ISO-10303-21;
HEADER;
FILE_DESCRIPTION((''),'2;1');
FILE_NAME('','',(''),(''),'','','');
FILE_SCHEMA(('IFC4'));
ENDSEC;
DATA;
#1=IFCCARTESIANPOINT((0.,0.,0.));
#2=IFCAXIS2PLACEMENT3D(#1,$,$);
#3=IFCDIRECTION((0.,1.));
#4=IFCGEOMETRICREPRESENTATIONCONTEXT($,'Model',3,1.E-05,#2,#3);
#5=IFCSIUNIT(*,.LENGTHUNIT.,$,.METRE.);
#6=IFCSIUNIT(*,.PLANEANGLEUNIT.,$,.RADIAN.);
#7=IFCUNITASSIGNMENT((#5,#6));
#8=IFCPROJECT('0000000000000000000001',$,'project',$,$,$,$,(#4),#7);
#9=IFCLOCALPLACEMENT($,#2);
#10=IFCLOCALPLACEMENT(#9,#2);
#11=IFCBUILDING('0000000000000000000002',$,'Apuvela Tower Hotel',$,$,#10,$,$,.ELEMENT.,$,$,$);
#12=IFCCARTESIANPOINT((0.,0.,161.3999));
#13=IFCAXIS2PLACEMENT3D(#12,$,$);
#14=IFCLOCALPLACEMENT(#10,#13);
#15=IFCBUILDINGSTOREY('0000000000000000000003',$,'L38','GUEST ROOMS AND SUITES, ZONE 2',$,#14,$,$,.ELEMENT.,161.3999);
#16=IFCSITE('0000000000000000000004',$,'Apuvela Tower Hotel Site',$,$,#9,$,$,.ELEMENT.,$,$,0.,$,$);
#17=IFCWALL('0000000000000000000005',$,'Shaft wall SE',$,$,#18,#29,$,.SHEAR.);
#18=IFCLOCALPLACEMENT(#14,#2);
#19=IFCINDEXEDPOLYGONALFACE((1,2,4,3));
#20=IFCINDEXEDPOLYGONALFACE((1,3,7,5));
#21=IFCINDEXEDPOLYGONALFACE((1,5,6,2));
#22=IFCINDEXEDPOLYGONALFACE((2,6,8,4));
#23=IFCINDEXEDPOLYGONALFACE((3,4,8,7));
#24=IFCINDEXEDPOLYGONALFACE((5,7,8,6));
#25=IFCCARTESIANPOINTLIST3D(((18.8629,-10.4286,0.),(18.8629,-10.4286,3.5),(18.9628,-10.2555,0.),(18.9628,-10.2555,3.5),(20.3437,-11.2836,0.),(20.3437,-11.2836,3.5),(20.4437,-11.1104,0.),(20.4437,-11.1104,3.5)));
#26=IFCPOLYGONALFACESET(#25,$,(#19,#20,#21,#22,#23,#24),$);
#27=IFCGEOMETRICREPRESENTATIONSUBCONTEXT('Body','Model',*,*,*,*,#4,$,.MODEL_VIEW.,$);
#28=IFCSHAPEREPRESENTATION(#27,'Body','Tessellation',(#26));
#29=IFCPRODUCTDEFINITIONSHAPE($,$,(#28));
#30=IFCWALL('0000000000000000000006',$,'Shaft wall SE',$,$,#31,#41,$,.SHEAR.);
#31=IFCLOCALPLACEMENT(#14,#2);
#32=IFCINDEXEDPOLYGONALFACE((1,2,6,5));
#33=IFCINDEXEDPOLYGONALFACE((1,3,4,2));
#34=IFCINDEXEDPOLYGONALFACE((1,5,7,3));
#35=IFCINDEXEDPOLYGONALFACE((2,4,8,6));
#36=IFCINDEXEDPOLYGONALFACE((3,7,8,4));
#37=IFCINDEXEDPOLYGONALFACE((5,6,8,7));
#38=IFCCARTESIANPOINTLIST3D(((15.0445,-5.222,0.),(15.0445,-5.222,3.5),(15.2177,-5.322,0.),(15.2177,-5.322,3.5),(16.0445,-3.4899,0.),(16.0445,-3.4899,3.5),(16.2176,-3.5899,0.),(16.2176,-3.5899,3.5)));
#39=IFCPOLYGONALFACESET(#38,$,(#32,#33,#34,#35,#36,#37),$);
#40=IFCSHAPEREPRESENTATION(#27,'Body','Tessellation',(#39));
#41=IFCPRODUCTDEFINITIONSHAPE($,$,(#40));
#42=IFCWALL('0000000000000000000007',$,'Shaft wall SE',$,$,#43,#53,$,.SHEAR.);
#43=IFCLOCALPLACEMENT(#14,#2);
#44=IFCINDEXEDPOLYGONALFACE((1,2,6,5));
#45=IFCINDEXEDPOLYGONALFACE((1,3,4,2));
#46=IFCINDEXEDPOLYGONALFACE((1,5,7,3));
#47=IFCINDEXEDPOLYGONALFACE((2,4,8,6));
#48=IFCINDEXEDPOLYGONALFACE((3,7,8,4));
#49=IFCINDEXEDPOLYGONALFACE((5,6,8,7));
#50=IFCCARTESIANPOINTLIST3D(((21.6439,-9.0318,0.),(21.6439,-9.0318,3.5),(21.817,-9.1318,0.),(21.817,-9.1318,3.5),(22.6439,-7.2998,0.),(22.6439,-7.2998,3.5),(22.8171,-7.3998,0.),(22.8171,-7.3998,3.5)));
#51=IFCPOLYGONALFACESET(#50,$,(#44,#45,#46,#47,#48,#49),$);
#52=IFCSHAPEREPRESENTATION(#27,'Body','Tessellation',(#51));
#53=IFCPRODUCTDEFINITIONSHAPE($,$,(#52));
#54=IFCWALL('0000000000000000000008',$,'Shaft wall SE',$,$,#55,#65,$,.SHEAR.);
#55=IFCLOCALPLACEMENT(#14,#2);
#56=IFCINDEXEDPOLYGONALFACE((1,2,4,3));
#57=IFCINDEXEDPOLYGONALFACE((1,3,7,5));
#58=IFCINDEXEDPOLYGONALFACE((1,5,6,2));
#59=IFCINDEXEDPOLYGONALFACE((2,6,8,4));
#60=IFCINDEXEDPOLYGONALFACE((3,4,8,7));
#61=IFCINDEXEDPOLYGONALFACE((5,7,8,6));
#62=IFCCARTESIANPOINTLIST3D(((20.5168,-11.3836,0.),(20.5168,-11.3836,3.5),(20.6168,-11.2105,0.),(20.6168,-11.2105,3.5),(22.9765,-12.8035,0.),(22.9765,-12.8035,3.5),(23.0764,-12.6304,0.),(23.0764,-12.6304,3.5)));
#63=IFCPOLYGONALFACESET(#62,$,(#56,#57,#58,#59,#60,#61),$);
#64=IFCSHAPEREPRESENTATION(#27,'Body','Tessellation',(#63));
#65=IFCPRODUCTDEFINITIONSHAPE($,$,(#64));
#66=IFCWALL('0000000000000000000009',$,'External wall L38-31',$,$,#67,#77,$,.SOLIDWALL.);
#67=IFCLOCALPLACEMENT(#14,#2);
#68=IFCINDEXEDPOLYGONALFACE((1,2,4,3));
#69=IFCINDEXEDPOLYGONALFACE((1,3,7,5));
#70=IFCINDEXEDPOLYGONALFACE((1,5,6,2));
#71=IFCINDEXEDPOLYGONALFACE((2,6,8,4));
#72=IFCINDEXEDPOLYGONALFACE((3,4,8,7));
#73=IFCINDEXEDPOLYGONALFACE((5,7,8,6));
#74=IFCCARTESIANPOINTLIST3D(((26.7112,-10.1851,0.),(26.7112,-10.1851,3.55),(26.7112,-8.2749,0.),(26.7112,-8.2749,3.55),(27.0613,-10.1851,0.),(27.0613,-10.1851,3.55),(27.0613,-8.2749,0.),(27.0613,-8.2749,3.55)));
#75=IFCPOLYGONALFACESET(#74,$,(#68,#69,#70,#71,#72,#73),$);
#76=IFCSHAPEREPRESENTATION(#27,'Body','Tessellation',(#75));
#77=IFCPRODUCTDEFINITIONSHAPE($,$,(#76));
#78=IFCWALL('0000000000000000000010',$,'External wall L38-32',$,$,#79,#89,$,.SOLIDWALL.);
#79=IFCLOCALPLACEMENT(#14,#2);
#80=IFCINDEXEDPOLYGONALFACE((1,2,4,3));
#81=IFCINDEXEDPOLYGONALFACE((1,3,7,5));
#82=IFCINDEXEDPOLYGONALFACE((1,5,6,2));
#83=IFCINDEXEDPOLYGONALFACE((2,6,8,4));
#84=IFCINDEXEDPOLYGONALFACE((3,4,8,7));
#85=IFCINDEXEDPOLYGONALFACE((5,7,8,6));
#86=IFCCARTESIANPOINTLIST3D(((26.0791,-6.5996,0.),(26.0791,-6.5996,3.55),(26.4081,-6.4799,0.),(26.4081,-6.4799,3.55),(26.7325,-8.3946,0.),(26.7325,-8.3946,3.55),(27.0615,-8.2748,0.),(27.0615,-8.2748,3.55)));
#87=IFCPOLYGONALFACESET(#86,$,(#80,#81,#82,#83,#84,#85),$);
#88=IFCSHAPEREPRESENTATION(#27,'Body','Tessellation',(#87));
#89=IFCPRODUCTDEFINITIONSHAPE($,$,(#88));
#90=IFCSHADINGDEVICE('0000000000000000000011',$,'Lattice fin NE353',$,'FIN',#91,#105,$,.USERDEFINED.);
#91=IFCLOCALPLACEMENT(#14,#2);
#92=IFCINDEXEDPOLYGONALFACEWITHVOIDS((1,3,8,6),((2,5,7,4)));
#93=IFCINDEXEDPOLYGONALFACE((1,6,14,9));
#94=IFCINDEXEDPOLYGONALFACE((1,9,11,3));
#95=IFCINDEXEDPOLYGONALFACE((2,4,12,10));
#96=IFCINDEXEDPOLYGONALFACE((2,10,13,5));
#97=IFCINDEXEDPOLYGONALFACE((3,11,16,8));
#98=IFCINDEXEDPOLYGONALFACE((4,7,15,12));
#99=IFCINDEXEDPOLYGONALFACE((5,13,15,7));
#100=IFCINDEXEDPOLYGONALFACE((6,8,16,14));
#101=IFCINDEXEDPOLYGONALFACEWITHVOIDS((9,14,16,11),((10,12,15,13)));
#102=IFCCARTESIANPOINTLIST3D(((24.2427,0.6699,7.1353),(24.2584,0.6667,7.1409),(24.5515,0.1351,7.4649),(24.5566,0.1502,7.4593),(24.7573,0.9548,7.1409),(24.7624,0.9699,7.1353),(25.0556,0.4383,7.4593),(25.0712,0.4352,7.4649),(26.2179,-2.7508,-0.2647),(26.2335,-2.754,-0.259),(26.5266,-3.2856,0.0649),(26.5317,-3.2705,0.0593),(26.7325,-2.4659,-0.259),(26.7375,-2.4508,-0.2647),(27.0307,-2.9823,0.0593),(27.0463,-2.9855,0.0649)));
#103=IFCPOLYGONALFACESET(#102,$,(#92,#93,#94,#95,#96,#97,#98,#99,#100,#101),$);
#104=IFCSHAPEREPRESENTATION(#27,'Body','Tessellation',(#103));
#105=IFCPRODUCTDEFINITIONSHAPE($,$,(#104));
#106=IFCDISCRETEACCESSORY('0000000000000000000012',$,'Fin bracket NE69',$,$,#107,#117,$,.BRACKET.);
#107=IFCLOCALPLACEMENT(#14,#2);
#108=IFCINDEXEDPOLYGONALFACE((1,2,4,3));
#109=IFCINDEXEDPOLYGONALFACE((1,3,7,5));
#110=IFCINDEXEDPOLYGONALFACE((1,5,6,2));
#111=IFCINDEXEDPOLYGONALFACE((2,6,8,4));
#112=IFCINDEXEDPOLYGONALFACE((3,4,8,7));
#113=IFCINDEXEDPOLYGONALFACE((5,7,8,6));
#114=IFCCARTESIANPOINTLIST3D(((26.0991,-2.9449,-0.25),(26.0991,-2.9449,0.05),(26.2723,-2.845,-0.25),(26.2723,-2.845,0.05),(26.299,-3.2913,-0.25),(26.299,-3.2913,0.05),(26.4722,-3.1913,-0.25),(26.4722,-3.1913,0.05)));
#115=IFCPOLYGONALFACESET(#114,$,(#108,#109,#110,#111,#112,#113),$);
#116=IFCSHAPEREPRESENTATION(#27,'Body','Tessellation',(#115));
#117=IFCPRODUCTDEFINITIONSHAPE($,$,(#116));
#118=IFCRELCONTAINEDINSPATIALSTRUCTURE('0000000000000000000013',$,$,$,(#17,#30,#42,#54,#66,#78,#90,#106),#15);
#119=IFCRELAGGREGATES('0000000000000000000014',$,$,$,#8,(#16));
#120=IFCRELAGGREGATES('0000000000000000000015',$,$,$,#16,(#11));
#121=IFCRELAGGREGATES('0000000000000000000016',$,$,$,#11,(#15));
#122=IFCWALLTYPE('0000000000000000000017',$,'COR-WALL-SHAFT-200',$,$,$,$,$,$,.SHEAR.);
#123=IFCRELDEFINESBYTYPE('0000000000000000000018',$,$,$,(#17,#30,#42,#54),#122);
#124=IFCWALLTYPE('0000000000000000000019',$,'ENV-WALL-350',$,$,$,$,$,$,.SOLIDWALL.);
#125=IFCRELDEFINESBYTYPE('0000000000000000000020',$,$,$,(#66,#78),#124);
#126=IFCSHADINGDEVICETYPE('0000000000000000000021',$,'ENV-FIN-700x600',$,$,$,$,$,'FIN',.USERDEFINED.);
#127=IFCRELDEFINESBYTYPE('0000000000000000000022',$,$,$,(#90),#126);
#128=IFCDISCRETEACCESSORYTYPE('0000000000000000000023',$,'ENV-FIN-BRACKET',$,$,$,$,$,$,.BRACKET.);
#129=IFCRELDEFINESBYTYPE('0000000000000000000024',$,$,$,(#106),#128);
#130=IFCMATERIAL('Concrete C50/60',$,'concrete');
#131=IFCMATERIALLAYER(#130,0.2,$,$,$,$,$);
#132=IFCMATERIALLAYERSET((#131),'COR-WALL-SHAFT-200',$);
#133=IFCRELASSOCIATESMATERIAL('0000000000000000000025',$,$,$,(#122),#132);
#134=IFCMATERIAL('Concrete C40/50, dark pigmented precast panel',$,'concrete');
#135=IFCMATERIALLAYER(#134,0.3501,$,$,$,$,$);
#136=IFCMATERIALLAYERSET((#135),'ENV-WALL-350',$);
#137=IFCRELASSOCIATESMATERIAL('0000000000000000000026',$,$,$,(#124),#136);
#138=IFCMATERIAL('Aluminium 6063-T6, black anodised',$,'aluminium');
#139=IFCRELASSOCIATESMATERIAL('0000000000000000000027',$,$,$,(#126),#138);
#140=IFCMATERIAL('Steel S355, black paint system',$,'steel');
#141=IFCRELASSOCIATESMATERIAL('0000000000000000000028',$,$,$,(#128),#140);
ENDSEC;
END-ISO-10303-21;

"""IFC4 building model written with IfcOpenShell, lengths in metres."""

from ifc_helpers import new_model, si_unit, direction, frame, frame_2d, origin, origin_2d, place, context, subcontext, project, spatial, rectangle, hollow_rectangle, extrude, material, layer, layer_set, material_profile, profile_set, type_object, element, save


model = new_model("IFC4")

# Units and contexts
model_context = context("Model", 3, precision=1e-05, world=origin(), true_north=direction((0.0, 1.0)))
body_context = subcontext(model_context, "Body", "Model", "MODEL_VIEW")
ifc_project = project(units=[si_unit("LENGTHUNIT", "METRE"), si_unit("PLANEANGLEUNIT", "RADIAN")], contexts=[model_context])

# Site, building, storey
site_placement = place(None, origin())
site = spatial("IfcSite", under=ifc_project, at=site_placement, Name="Apuvela Tower Hotel Site", CompositionType="ELEMENT", RefElevation=0.0)
building_placement = place(site_placement, origin())
building = spatial("IfcBuilding", under=site, at=building_placement, Name="Apuvela Tower Hotel", CompositionType="ELEMENT")
storey_placement = place(building_placement, frame((0.0, 0.0, 161.3999)))
storey = spatial("IfcBuildingStorey", under=building, at=storey_placement, Name="L38", Description="GUEST ROOMS AND SUITES, ZONE 2", CompositionType="ELEMENT", Elevation=161.3999)

# Walls
ifc_material_1 = material(Name="Concrete C50/60", Category="concrete")
ifc_layer_1 = layer(ifc_material_1, 0.2)
ifc_layer_set_1 = layer_set([ifc_layer_1], Name="COR-WALL-SHAFT-200")
wall_type_1 = type_object("IfcWallType", Name="COR-WALL-SHAFT-200", PredefinedType="SHEAR", material=ifc_layer_set_1)
wall_1_placement = place(storey_placement, frame((18.9128, -10.342, 0.0), z_axis=(0.0, 0.0, 1.0), x_axis=(0.866038, -0.499978, 0.0)))
element("IfcWall", 1, at=wall_1_placement, inside=storey, type_object=wall_type_1, Name="Shaft wall SE", PredefinedType="SHEAR", context=body_context, shape_type="SweptSolid", body=[
    extrude(rectangle(XDim=1.71, YDim=0.2, at=frame_2d((0.855, 0.0))), origin(), (0.0, 0.0, 1.0), 3.5),
])
for number, where, z_axis, x_axis, name in (
    (2, (15.1311, -5.272, 0.0), (0.0, 0.0, 1.0), (0.499973, 0.866041, 0.0), "Shaft wall SE"),
    (3, (21.7305, -9.0818, 0.0), (0.0, 0.0, 1.0), (0.500025, 0.866011, 0.0), "Shaft wall SE"),
):
    element("IfcWall", number, at=place(storey_placement, frame(where, z_axis=z_axis, x_axis=x_axis)), inside=storey, type_object=wall_type_1, Name=name, PredefinedType="SHEAR", context=body_context, shape_type="SweptSolid", body=[
        extrude(rectangle(XDim=2.0, YDim=0.2, at=frame_2d((1.0, 0.0))), origin(), (0.0, 0.0, 1.0), 3.5),
    ])
wall_2_placement = place(storey_placement, frame((20.5669, -11.2971, 0.0), z_axis=(0.0, 0.0, 1.0), x_axis=(0.866055, -0.499948, 0.0)))
element("IfcWall", 4, at=wall_2_placement, inside=storey, type_object=wall_type_1, Name="Shaft wall SE", PredefinedType="SHEAR", context=body_context, shape_type="SweptSolid", body=[
    extrude(rectangle(XDim=2.8401, YDim=0.2, at=frame_2d((1.4199, 0.0))), origin(), (0.0, 0.0, 1.0), 3.5),
])
ifc_material_2 = material(Name="Concrete C40/50, dark pigmented precast panel", Category="concrete")
ifc_layer_2 = layer(ifc_material_2, 0.3501)
ifc_layer_set_2 = layer_set([ifc_layer_2], Name="ENV-WALL-350")
wall_type_2 = type_object("IfcWallType", Name="ENV-WALL-350", PredefinedType="SOLIDWALL", material=ifc_layer_set_2)
for number, where, z_axis, x_axis, name in (
    (5, (26.8862, -10.1851, 0.0), (0.0, 0.0, 1.0), (0.0, 1.0, 0.0), "External wall L38-31"),
    (6, (26.897, -8.3347, 0.0), (0.0, 0.0, 1.0), (-0.34203, 0.939689, 0.0), "External wall L38-32"),
):
    element("IfcWall", number, at=place(storey_placement, frame(where, z_axis=z_axis, x_axis=x_axis)), inside=storey, type_object=wall_type_2, Name=name, PredefinedType="SOLIDWALL", context=body_context, shape_type="SweptSolid", body=[
        extrude(rectangle(XDim=1.9102, YDim=0.3501, at=frame_2d((0.9551, 0.0))), origin(), (0.0, 0.0, 1.0), 3.55),
    ])

# Shading device
ifc_material_3 = material(Name="Aluminium 6063-T6, black anodised", Category="aluminium")
ifc_material_profile_1 = material_profile(ifc_material_3, hollow_rectangle(XDim=0.6001, YDim=0.7, WallThickness=0.012, at=origin_2d()), Name="AL BOX 700x600x12")
ifc_profile_set_1 = profile_set([ifc_material_profile_1], Name="Aluminium 6063-T6, black anodised")
shading_device_type = type_object("IfcShadingDeviceType", Name="ENV-FIN-700x600", ElementType="FIN", PredefinedType="USERDEFINED", material=ifc_profile_set_1)
shading_device_placement = place(storey_placement, frame((26.6321, -2.8682, -0.0999), z_axis=(-0.235464, 0.407798, 0.882189), x_axis=(-0.866005, -0.500035, 0.0)))
element("IfcShadingDevice", 7, at=shading_device_placement, inside=storey, type_object=shading_device_type, Name="Lattice fin NE353", ObjectType="FIN", PredefinedType="USERDEFINED", context=body_context, shape_type="SweptSolid", body=[
    extrude(hollow_rectangle(XDim=0.6001, YDim=0.7, WallThickness=0.012, at=origin_2d()), origin(), (0.0, 0.0, 1.0), 8.3882),
])

# Discrete accessory
ifc_material_4 = material(Name="Steel S355, black paint system", Category="steel")
discrete_accessory_type = type_object("IfcDiscreteAccessoryType", Name="ENV-FIN-BRACKET", PredefinedType="BRACKET", material=ifc_material_4)
discrete_accessory_placement = place(storey_placement, frame((26.2856, -3.0681, -0.25), z_axis=(0.0, 0.0, 1.0), x_axis=(-0.5, 0.866025, 0.0)))
element("IfcDiscreteAccessory", 8, at=discrete_accessory_placement, inside=storey, type_object=discrete_accessory_type, Name="Fin bracket NE69", PredefinedType="BRACKET", context=body_context, shape_type="SweptSolid", body=[
    extrude(rectangle(XDim=0.3999, YDim=0.2, at=origin_2d()), origin(), (0.0, 0.0, 1.0), 0.3),
])

save(model, "model.ifc")
